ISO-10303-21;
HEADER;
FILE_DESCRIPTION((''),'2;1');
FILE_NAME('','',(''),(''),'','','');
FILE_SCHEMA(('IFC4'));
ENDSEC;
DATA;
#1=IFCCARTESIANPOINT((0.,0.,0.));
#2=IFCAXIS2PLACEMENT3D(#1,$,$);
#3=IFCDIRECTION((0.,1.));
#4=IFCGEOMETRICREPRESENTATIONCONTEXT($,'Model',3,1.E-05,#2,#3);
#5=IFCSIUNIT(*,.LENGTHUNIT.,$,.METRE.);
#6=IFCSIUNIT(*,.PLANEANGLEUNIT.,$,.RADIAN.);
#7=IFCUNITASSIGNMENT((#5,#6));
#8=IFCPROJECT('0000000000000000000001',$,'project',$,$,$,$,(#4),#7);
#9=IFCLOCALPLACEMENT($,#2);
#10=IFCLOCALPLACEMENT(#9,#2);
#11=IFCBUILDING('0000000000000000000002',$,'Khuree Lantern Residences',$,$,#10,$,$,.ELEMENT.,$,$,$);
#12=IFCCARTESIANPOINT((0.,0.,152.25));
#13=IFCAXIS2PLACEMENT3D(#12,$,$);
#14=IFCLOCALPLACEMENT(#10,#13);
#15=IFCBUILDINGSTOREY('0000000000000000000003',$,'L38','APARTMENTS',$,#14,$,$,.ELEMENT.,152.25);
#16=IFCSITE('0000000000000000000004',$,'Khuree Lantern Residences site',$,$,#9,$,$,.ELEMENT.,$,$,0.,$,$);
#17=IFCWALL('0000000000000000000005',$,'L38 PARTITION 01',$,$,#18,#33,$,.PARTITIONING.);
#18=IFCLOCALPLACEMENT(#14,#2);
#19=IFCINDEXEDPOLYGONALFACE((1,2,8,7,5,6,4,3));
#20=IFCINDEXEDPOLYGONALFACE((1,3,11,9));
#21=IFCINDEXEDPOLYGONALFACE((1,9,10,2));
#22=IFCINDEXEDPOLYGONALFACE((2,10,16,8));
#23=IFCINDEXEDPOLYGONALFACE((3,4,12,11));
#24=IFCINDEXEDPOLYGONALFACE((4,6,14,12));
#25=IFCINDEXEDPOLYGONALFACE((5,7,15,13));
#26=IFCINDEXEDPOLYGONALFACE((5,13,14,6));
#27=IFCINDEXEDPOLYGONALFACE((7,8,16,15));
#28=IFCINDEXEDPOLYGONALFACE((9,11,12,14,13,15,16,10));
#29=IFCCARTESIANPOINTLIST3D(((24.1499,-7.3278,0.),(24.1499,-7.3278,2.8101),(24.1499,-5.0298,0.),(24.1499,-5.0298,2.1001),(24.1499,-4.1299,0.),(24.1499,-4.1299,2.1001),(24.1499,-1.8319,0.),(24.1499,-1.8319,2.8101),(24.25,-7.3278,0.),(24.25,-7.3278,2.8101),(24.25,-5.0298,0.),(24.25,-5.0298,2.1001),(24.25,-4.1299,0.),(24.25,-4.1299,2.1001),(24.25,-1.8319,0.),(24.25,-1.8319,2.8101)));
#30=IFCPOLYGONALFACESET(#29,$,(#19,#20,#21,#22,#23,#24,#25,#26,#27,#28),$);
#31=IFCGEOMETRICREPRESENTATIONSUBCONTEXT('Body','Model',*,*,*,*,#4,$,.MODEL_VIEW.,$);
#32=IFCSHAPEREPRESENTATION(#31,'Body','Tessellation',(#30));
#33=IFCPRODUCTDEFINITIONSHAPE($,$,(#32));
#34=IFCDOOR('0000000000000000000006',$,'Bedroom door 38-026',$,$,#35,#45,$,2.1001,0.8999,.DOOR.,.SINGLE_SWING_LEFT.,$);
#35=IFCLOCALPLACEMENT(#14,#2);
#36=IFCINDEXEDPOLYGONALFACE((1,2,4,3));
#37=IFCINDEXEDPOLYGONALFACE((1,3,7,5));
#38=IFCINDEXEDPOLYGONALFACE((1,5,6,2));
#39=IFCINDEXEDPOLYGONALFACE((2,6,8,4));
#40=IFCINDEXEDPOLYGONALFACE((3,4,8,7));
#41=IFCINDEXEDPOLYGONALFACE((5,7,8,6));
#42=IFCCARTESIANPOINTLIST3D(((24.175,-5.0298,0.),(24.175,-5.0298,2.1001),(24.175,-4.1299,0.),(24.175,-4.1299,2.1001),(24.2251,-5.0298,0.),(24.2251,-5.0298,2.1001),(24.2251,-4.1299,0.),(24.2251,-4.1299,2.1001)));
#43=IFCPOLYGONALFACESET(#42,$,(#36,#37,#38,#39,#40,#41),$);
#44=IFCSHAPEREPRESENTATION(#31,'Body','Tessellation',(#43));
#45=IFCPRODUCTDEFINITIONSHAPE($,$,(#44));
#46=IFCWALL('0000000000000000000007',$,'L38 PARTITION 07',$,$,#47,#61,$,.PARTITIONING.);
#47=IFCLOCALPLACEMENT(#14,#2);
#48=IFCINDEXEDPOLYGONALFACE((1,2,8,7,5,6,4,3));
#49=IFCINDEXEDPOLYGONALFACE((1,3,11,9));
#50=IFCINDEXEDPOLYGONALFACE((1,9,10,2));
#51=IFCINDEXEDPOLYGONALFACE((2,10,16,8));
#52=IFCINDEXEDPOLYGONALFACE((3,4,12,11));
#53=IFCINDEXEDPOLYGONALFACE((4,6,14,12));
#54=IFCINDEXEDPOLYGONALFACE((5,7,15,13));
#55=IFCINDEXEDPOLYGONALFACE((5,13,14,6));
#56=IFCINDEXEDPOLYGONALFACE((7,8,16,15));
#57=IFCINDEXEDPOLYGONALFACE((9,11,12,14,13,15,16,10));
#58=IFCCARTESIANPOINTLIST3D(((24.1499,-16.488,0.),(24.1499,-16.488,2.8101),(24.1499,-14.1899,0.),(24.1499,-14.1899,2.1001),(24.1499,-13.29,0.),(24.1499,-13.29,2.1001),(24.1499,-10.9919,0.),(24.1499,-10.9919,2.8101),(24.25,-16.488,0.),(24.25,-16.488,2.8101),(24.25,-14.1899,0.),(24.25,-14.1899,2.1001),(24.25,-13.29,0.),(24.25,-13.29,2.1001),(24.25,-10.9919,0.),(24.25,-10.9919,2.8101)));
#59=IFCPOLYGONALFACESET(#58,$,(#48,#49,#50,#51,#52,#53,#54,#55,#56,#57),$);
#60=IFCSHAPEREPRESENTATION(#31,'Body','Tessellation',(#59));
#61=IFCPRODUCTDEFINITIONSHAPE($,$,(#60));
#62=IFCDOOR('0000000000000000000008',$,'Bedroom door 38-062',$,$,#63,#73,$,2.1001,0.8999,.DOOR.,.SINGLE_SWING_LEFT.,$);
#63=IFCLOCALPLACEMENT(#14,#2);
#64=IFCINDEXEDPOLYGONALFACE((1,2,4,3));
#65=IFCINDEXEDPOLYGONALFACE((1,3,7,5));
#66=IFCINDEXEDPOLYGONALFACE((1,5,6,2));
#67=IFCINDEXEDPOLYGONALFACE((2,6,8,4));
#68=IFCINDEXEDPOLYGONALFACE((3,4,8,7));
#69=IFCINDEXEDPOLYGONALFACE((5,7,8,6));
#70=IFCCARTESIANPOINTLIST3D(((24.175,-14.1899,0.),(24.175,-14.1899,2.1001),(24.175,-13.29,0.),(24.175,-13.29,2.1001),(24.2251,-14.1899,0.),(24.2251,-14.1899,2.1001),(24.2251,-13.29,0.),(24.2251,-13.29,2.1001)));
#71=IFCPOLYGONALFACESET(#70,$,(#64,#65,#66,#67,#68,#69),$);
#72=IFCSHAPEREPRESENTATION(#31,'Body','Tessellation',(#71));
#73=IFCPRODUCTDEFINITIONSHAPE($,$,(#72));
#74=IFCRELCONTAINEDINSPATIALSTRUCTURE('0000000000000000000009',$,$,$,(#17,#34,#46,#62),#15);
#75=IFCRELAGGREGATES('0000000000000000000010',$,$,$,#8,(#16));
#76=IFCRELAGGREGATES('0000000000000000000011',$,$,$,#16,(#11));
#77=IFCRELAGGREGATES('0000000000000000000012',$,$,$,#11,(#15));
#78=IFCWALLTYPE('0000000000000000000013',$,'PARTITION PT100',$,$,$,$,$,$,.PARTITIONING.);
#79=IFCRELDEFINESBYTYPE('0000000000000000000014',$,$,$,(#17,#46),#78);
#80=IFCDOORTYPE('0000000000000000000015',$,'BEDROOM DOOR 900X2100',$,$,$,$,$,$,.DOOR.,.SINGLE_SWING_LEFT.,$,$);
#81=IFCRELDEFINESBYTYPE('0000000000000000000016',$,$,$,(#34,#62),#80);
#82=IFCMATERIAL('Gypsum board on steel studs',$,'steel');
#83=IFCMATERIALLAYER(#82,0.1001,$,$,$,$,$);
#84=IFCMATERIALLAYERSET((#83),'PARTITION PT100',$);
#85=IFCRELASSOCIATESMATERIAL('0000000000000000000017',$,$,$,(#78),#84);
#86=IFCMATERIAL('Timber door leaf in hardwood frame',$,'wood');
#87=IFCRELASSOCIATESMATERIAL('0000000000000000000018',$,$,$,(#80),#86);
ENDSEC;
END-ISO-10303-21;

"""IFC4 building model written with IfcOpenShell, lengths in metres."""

from ifc_helpers import new_model, si_unit, direction, frame, frame_2d, origin, place, context, subcontext, project, spatial, rectangle, extrude, material, layer, layer_set, type_object, element, fill, save


model = new_model("IFC4")

# Units and contexts
model_context = context("Model", 3, precision=1e-05, world=origin(), true_north=direction((0.0, 1.0)))
body_context = subcontext(model_context, "Body", "Model", "MODEL_VIEW")
ifc_project = project(units=[si_unit("LENGTHUNIT", "METRE"), si_unit("PLANEANGLEUNIT", "RADIAN")], contexts=[model_context])

# Site, building, storey
site_placement = place(None, origin())
site = spatial("IfcSite", under=ifc_project, at=site_placement, Name="Khuree Lantern Residences site", CompositionType="ELEMENT", RefElevation=0.0)
building_placement = place(site_placement, origin())
building = spatial("IfcBuilding", under=site, at=building_placement, Name="Khuree Lantern Residences", CompositionType="ELEMENT")
storey_placement = place(building_placement, frame((0.0, 0.0, 152.25)))
storey = spatial("IfcBuildingStorey", under=building, at=storey_placement, Name="L38", Description="APARTMENTS", CompositionType="ELEMENT", Elevation=152.25)

# Shared definitions
ifc_material_1 = material(Name="Timber door leaf in hardwood frame", Category="wood")

# Shared definitions
ifc_material_2 = material(Name="Gypsum board on steel studs", Category="steel")

# Shared definitions
ifc_layer_1 = layer(ifc_material_2, 0.1001)
ifc_layer_set_1 = layer_set([ifc_layer_1], Name="PARTITION PT100")
wall_type_1 = type_object("IfcWallType", Name="PARTITION PT100", PredefinedType="PARTITIONING", material=ifc_layer_set_1)

# Walls, openings, doors
wall_1_placement = place(storey_placement, frame((24.2, -7.3279, 0.0), z_axis=(0.0, 0.0, 1.0), x_axis=(0.0, 1.0, 0.0)))
wall_1 = element("IfcWall", 1, at=wall_1_placement, inside=storey, type_object=wall_type_1, Name="L38 PARTITION 01", PredefinedType="PARTITIONING", context=body_context, shape_type="SweptSolid", body=[
    extrude(rectangle(XDim=5.4958, YDim=0.1001, at=frame_2d((2.748, 0.0))), origin(), (0.0, 0.0, 1.0), 2.8101),
])
opening_1_placement = place(wall_1_placement, frame((2.2981, 0.0, 0.0)))
opening_1 = element("IfcOpeningElement", 2, at=opening_1_placement, cuts=wall_1, PredefinedType="OPENING", context=body_context, shape_type="SweptSolid", body=[
    extrude(rectangle(XDim=0.8999, YDim=2.1001, at=frame_2d((0.45, 1.05))), frame((0.0, 0.0601, 0.0), z_axis=(0.0, -1.0, 0.0), x_axis=(1.0, 0.0, 0.0)), (0.0, 0.0, 1.0), 0.1201),
])
door_type_1 = type_object("IfcDoorType", Name="BEDROOM DOOR 900X2100", OperationType="SINGLE_SWING_LEFT", PredefinedType="DOOR", material=ifc_material_1)
door_1_placement = place(opening_1_placement, origin())
door_1 = element("IfcDoor", 3, at=door_1_placement, inside=storey, type_object=door_type_1, Name="Bedroom door 38-026", OperationType="SINGLE_SWING_LEFT", OverallHeight=2.1001, OverallWidth=0.8999, PredefinedType="DOOR", context=body_context, shape_type="SweptSolid", body=[
    extrude(rectangle(XDim=0.8999, YDim=2.1001, at=frame_2d((0.45, 1.05))), frame((0.0, 0.0249, 0.0), z_axis=(0.0, -1.0, 0.0), x_axis=(1.0, 0.0, 0.0)), (0.0, 0.0, 1.0), 0.05),
])
fill(opening_1, door_1)
wall_2_placement = place(storey_placement, frame((24.2, -16.488, 0.0), z_axis=(0.0, 0.0, 1.0), x_axis=(0.0, 1.0, 0.0)))
wall_2 = element("IfcWall", 4, at=wall_2_placement, inside=storey, type_object=wall_type_1, Name="L38 PARTITION 07", PredefinedType="PARTITIONING", context=body_context, shape_type="SweptSolid", body=[
    extrude(rectangle(XDim=5.4961, YDim=0.1001, at=frame_2d((2.748, 0.0))), origin(), (0.0, 0.0, 1.0), 2.8101),
])
opening_2_placement = place(wall_2_placement, frame((2.2981, 0.0, 0.0)))
opening_2 = element("IfcOpeningElement", 5, at=opening_2_placement, cuts=wall_2, PredefinedType="OPENING", context=body_context, shape_type="SweptSolid", body=[
    extrude(rectangle(XDim=0.8999, YDim=2.1001, at=frame_2d((0.45, 1.05))), frame((0.0, 0.0601, 0.0), z_axis=(0.0, -1.0, 0.0), x_axis=(1.0, 0.0, 0.0)), (0.0, 0.0, 1.0), 0.1201),
])
door_2_placement = place(opening_2_placement, origin())
door_2 = element("IfcDoor", 6, at=door_2_placement, inside=storey, type_object=door_type_1, Name="Bedroom door 38-062", OperationType="SINGLE_SWING_LEFT", OverallHeight=2.1001, OverallWidth=0.8999, PredefinedType="DOOR", context=body_context, shape_type="SweptSolid", body=[
    extrude(rectangle(XDim=0.8999, YDim=2.1001, at=frame_2d((0.45, 1.05))), frame((0.0, 0.0249, 0.0), z_axis=(0.0, -1.0, 0.0), x_axis=(1.0, 0.0, 0.0)), (0.0, 0.0, 1.0), 0.05),
])
fill(opening_2, door_2)

save(model, "model.ifc")
